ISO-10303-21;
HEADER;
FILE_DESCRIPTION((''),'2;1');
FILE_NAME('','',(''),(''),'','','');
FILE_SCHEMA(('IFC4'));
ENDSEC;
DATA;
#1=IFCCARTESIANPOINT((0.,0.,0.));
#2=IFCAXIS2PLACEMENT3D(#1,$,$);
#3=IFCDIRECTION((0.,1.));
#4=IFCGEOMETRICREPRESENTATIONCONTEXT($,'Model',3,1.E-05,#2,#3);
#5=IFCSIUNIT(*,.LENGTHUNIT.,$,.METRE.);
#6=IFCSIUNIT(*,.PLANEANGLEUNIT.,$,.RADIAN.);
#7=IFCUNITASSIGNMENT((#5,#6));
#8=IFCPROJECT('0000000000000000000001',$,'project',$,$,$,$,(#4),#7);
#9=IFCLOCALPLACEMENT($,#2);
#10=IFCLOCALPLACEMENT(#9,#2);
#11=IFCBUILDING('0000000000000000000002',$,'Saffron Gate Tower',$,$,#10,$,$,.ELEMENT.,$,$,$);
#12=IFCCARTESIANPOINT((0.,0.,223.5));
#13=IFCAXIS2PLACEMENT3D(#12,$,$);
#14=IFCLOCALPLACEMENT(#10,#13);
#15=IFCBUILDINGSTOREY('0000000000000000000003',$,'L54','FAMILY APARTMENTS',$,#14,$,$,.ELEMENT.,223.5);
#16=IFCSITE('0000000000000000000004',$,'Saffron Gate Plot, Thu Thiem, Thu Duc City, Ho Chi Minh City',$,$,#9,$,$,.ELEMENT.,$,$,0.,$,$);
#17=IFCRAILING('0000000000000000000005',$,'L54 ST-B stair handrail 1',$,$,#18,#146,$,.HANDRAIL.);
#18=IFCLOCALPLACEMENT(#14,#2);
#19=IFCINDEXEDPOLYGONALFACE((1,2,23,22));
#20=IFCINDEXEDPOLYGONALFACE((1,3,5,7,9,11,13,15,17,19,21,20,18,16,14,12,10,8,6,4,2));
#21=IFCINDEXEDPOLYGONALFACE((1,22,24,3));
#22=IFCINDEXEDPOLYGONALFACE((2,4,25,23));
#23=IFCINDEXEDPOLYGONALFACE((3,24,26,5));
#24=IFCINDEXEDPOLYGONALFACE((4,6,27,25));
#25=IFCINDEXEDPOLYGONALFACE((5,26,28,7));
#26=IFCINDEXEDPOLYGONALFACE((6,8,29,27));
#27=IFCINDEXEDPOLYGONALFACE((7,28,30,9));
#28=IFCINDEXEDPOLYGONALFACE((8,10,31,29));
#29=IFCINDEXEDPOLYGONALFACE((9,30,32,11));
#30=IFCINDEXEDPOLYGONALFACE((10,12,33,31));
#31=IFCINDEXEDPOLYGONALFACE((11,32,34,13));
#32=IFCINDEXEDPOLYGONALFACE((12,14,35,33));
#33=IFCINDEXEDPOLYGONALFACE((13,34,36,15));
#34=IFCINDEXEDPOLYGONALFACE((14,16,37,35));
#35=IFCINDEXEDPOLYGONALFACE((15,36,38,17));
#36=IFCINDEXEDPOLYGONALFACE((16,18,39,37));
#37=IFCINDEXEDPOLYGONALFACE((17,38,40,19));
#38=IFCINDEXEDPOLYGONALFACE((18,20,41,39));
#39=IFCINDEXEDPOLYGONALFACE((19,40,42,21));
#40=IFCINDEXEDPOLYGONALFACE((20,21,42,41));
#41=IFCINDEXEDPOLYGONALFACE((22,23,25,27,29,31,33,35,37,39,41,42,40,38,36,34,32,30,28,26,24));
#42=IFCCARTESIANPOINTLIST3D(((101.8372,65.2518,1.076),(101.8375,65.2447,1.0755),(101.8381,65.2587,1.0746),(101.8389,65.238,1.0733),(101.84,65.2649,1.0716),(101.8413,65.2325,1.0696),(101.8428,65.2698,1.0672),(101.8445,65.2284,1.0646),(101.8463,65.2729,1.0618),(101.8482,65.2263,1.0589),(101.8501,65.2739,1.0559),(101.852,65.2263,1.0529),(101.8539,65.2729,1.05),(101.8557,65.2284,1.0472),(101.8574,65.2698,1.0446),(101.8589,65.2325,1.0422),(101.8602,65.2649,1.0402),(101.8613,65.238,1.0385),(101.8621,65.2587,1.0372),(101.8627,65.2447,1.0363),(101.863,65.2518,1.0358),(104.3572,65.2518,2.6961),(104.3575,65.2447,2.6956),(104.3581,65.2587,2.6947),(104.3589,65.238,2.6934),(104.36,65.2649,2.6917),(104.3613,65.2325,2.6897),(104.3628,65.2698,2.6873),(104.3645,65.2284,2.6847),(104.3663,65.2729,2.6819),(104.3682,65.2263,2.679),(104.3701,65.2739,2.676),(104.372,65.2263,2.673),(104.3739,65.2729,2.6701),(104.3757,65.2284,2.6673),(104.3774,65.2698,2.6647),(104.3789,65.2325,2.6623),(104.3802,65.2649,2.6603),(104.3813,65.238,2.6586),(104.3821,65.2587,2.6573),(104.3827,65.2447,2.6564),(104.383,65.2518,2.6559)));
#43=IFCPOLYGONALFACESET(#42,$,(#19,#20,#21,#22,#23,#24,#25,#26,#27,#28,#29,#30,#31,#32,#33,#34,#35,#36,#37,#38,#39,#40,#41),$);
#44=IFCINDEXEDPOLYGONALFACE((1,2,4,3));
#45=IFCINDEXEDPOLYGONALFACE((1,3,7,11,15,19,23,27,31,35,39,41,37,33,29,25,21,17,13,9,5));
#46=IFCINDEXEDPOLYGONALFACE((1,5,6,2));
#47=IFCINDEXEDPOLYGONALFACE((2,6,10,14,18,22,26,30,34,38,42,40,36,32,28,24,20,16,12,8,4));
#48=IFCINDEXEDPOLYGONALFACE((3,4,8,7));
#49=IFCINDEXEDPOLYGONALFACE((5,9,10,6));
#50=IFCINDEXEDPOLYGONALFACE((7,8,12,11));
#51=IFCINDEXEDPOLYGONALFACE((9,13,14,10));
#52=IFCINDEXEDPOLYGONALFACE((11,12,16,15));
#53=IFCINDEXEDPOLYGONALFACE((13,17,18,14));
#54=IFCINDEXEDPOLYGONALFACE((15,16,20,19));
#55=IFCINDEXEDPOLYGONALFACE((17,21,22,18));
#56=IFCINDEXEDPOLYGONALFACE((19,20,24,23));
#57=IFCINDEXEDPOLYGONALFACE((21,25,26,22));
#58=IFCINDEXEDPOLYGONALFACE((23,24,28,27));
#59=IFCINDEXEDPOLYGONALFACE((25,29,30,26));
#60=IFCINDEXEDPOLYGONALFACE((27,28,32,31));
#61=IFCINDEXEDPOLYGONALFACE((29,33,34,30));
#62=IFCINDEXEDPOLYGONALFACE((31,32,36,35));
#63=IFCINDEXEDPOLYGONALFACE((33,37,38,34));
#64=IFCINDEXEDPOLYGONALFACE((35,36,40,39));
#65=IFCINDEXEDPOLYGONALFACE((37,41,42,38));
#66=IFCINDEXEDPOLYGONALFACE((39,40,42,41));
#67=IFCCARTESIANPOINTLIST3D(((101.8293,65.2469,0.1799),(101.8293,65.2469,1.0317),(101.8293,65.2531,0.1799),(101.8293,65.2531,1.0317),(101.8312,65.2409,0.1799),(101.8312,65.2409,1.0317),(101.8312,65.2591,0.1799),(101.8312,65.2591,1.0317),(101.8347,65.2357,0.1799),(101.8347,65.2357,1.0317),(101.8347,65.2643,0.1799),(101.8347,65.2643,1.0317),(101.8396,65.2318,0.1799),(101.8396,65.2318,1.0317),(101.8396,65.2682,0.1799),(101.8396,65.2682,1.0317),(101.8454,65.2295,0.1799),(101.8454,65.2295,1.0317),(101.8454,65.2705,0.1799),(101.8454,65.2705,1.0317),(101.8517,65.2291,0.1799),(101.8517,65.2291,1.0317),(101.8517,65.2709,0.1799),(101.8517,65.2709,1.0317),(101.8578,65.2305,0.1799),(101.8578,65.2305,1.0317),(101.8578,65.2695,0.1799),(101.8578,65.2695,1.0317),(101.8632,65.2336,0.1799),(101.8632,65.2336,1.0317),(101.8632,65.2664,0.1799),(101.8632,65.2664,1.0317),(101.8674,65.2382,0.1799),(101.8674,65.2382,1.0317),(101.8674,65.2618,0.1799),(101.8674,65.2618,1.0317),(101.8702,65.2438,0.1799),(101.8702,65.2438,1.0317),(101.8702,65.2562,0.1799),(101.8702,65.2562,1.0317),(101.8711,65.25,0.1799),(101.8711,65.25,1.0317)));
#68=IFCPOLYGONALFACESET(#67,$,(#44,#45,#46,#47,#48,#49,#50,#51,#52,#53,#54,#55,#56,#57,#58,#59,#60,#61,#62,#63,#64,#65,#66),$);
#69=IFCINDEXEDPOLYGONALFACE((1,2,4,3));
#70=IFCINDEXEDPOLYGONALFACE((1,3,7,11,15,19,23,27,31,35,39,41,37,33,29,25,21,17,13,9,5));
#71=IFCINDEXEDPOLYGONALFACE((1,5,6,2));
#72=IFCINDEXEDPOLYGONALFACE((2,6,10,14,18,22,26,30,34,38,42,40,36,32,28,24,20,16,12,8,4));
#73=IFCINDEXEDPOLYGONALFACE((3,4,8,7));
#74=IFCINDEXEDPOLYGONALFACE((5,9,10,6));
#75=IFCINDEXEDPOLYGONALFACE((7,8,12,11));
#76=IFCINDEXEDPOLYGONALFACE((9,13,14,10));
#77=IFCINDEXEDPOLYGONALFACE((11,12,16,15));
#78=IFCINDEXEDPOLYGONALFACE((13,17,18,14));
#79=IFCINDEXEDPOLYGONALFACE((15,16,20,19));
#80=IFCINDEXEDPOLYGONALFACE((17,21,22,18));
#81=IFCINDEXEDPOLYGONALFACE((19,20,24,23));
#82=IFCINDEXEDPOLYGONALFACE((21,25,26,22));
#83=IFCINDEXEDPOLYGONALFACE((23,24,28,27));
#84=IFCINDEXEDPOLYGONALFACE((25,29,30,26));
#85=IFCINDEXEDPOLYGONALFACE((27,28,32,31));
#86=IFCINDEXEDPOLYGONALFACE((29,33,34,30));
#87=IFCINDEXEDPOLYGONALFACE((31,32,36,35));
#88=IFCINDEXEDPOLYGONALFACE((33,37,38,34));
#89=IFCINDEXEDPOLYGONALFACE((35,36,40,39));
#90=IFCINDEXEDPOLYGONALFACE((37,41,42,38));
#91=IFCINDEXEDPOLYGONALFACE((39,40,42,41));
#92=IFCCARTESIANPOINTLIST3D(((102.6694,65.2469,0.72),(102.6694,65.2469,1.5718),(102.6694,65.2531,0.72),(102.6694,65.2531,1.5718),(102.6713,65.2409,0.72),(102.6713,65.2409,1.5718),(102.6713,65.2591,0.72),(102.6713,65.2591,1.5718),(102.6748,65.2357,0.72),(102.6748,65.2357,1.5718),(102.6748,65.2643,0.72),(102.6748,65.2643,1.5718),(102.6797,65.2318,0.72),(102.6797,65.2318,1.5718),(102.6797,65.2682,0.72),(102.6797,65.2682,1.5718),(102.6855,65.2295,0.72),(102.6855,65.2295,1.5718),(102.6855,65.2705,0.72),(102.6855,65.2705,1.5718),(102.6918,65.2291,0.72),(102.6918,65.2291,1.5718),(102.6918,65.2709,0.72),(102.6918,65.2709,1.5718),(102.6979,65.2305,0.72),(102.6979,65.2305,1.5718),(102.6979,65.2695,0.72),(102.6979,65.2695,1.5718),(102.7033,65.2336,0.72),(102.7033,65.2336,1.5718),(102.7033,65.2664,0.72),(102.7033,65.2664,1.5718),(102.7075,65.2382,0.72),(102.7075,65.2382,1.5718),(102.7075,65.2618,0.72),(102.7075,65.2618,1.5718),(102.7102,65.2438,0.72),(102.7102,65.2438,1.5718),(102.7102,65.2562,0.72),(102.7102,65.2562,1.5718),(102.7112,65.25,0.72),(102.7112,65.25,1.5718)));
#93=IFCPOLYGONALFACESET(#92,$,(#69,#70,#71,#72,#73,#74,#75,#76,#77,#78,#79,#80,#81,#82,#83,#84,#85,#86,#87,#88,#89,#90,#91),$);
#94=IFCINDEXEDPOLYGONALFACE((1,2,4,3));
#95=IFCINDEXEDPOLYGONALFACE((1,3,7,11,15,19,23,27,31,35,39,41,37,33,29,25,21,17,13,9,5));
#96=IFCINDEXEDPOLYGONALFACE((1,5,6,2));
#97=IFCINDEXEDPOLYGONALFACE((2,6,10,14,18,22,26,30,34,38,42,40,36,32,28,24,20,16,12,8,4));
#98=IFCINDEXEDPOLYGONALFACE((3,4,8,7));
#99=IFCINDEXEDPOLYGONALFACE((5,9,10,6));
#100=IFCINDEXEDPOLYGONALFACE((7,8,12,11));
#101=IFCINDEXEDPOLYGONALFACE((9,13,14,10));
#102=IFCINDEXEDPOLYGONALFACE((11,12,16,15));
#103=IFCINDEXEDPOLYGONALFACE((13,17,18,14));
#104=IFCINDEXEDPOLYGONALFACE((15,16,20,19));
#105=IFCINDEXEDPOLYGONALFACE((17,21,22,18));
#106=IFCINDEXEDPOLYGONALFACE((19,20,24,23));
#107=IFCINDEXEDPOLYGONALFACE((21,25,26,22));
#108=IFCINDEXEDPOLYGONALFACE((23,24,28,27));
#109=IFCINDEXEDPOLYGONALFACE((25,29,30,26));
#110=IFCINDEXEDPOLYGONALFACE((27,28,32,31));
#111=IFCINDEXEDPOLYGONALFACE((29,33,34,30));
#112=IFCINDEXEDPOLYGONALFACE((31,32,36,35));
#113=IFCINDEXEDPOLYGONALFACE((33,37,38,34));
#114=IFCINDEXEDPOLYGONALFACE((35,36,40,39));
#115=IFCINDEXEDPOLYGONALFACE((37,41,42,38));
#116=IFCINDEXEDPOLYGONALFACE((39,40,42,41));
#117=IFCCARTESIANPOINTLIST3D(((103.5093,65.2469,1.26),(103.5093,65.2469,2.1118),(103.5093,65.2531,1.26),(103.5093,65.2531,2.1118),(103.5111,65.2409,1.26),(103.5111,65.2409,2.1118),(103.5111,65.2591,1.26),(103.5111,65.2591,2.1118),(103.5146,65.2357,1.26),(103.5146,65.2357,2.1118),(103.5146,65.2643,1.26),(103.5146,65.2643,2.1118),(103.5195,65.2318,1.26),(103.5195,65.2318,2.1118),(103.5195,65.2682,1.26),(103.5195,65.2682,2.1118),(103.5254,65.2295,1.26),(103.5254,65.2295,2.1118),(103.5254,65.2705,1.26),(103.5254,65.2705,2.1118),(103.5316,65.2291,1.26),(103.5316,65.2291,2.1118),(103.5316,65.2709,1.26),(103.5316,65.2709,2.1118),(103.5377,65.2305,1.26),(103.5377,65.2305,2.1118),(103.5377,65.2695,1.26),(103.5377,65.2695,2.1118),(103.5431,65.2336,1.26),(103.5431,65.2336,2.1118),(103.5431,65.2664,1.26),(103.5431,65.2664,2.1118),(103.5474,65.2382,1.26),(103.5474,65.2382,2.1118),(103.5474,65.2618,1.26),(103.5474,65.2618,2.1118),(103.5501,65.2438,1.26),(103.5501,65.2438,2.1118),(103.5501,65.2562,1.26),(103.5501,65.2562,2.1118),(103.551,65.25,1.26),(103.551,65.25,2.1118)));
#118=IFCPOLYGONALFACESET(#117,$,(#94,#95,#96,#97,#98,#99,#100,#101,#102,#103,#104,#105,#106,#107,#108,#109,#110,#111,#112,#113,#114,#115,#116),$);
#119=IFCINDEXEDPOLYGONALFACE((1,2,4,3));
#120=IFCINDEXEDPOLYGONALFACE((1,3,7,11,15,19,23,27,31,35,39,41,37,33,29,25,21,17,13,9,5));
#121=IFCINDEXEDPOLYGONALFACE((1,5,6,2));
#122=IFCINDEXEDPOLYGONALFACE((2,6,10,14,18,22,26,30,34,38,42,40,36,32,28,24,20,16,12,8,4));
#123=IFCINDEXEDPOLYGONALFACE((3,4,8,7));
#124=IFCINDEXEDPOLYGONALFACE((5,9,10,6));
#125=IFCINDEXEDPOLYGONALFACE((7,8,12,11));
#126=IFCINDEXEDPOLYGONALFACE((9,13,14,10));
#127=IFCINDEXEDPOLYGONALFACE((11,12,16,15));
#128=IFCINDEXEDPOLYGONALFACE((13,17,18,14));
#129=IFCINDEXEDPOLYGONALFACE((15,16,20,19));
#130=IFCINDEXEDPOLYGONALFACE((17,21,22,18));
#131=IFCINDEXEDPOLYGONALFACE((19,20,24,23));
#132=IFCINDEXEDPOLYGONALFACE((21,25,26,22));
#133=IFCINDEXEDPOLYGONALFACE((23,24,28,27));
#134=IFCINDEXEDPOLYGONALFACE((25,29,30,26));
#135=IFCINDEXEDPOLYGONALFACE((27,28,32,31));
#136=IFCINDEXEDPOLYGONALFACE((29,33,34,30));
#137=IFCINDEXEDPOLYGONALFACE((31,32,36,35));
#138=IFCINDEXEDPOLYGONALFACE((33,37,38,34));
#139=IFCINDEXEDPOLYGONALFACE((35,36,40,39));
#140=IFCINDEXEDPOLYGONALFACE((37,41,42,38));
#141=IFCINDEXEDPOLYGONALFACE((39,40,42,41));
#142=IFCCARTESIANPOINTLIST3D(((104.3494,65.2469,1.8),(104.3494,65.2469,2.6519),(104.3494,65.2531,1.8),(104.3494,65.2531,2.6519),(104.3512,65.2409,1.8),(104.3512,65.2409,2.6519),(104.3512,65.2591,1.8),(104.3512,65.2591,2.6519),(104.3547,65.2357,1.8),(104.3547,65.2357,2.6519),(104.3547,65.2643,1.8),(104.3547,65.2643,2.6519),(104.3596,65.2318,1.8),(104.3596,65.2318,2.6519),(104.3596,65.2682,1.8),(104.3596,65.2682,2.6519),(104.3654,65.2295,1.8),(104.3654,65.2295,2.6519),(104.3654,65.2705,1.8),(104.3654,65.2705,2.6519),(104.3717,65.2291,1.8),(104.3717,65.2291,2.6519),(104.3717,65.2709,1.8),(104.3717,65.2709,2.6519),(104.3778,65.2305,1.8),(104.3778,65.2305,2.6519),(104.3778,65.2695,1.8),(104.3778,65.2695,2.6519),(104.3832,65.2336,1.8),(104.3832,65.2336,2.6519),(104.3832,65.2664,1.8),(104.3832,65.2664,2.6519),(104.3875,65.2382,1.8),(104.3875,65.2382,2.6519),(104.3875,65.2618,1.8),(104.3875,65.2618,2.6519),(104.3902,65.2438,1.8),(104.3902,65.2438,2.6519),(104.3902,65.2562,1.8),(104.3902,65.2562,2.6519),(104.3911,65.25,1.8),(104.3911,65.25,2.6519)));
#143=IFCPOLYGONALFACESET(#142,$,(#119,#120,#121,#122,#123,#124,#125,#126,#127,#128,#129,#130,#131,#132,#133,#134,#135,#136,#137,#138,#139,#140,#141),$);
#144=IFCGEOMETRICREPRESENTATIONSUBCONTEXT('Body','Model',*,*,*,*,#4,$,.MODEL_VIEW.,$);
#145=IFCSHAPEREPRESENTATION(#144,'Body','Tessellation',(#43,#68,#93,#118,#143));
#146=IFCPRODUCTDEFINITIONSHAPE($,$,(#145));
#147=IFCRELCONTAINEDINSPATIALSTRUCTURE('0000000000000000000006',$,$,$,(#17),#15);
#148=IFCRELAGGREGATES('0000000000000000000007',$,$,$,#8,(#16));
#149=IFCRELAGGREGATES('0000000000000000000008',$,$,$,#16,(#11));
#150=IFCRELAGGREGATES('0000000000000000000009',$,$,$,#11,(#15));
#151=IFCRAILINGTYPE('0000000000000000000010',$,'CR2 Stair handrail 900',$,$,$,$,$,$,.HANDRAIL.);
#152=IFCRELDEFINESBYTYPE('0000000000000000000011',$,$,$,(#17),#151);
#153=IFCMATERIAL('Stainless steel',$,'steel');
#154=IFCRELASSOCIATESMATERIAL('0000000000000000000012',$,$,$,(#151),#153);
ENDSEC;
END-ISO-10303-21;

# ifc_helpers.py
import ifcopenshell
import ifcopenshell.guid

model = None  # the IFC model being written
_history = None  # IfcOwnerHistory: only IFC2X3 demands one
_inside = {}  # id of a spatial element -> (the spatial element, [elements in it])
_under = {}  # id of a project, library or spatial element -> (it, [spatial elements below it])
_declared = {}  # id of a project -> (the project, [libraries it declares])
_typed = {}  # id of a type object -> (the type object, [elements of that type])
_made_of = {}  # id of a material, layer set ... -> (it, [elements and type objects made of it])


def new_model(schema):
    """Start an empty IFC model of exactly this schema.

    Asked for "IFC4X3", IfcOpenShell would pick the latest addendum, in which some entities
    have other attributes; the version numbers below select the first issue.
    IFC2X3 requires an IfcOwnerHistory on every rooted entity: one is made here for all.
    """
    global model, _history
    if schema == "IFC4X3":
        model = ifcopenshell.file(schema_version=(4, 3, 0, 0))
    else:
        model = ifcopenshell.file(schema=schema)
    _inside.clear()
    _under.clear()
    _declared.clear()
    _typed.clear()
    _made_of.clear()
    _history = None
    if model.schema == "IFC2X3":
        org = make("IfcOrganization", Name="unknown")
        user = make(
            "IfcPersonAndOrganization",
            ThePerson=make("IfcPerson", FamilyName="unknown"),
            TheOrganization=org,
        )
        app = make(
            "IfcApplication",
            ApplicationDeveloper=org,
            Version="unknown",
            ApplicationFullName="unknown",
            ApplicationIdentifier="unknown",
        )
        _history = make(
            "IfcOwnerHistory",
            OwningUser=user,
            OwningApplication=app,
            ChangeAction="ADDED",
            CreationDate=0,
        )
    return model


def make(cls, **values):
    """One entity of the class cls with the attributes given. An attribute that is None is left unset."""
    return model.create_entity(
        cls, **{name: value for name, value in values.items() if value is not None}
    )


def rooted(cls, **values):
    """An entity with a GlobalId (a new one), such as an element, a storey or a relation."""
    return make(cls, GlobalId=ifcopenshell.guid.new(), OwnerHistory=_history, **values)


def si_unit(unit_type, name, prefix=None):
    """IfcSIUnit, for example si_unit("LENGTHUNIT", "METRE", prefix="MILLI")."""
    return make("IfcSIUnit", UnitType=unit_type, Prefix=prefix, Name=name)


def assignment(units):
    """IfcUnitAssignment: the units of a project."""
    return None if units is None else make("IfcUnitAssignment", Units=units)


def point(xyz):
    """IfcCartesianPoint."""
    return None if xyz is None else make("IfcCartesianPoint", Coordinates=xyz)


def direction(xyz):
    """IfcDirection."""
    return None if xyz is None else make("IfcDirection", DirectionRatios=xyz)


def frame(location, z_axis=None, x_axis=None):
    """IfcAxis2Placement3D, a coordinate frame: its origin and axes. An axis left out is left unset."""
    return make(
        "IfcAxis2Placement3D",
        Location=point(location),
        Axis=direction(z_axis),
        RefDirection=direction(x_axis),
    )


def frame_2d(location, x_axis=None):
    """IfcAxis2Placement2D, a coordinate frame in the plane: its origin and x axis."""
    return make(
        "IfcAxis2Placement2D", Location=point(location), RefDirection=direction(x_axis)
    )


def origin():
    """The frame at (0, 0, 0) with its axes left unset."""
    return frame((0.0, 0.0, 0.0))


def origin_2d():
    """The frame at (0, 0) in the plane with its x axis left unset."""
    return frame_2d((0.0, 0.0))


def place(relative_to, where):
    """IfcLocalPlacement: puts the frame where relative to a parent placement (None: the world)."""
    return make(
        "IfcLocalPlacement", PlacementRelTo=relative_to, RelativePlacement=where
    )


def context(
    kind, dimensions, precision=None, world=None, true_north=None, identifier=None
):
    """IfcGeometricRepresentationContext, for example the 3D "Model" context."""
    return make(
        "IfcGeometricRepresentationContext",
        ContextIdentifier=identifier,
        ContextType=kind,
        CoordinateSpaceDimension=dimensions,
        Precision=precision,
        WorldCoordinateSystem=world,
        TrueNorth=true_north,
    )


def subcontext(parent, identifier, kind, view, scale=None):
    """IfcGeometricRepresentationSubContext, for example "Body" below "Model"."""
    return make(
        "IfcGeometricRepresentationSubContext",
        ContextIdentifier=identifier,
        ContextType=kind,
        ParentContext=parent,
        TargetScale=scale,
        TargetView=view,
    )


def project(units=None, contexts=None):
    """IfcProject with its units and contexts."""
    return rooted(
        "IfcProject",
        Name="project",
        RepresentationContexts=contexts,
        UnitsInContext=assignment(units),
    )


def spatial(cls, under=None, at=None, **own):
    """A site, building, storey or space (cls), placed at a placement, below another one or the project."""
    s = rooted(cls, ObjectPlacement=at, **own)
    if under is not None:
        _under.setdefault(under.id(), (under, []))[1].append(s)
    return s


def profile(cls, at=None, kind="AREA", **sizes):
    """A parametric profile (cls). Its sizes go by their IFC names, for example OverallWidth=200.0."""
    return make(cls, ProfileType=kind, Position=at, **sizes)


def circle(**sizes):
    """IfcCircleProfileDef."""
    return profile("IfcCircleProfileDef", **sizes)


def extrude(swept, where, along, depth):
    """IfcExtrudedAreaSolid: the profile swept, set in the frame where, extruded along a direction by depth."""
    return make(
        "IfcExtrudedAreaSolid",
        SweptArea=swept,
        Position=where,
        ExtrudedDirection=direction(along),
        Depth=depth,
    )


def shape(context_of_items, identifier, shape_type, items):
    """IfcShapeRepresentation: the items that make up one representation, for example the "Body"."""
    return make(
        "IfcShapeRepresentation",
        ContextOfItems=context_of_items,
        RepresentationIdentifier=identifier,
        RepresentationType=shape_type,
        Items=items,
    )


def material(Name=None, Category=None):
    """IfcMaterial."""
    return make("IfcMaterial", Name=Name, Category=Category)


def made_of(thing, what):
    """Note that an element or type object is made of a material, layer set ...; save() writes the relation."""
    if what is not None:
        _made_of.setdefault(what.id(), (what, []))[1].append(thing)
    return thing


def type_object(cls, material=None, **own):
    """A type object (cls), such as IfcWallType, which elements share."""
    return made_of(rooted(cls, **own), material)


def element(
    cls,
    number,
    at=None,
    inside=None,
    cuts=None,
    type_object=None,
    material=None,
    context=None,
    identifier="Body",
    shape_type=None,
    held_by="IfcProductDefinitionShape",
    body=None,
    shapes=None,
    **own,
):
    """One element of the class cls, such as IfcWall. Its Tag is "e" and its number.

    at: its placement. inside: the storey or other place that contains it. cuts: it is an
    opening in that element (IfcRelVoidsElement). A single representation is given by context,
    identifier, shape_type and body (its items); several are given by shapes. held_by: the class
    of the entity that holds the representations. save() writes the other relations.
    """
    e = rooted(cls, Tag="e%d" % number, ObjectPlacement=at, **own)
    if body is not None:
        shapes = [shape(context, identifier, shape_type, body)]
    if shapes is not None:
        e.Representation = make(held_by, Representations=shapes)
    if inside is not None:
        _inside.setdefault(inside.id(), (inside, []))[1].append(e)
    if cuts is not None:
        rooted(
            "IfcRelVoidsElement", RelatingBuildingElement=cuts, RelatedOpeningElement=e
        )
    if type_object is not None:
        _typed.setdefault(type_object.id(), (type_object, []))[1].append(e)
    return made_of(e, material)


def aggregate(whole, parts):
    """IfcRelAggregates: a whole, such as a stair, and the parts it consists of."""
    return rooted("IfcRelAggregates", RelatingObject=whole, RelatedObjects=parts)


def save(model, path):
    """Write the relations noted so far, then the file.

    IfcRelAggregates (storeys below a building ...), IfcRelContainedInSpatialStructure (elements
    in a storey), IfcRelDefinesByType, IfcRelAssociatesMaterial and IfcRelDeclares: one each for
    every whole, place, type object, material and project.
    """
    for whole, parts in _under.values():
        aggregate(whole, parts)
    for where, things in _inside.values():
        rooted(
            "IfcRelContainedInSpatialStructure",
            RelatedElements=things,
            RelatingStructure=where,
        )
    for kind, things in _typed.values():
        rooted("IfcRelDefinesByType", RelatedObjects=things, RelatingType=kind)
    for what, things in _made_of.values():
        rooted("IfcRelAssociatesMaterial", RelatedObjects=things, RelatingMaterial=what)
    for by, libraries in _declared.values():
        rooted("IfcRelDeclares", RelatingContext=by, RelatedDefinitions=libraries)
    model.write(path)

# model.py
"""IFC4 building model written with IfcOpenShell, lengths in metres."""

from ifc_helpers import new_model, si_unit, direction, frame, origin, origin_2d, place, context, subcontext, project, spatial, circle, extrude, material, type_object, element, save


model = new_model("IFC4")

# Units and contexts
model_context = context("Model", 3, precision=1e-05, world=origin(), true_north=direction((0.0, 1.0)))
body_context = subcontext(model_context, "Body", "Model", "MODEL_VIEW")
ifc_project = project(units=[si_unit("LENGTHUNIT", "METRE"), si_unit("PLANEANGLEUNIT", "RADIAN")], contexts=[model_context])

# Site, building, storey
site_placement = place(None, origin())
site = spatial("IfcSite", under=ifc_project, at=site_placement, Name="Saffron Gate Plot, Thu Thiem, Thu Duc City, Ho Chi Minh City", CompositionType="ELEMENT", RefElevation=0.0)
building_placement = place(site_placement, origin())
building = spatial("IfcBuilding", under=site, at=building_placement, Name="Saffron Gate Tower", CompositionType="ELEMENT")
storey_placement = place(building_placement, frame((0.0, 0.0, 223.5)))
storey = spatial("IfcBuildingStorey", under=building, at=storey_placement, Name="L54", Description="FAMILY APARTMENTS", CompositionType="ELEMENT", Elevation=223.5)

# Railing
ifc_material_1 = material(Name="Stainless steel", Category="steel")
railing_type_1 = type_object("IfcRailingType", Name="CR2 Stair handrail 900", PredefinedType="HANDRAIL", material=ifc_material_1)
railing_1_placement = place(storey_placement, frame((101.8501, 65.25, 0.1799)))
element("IfcRailing", 1, at=railing_1_placement, inside=storey, type_object=railing_type_1, Name="L54 ST-B stair handrail 1", PredefinedType="HANDRAIL", context=body_context, shape_type="SweptSolid", body=[
    extrude(circle(Radius=0.0239, at=origin_2d()), frame((0.0, 0.0, 0.876), z_axis=(0.841163, 0.0, 0.540782), x_axis=(0.0, 1.0, 0.0)), (0.0, 0.0, 1.0), 2.9958),
    extrude(circle(Radius=0.021, at=origin_2d()), origin(), (0.0, 0.0, 1.0), 0.8518),
    extrude(circle(Radius=0.021, at=origin_2d()), frame((0.8401, 0.0, 0.54)), (0.0, 0.0, 1.0), 0.8518),
    extrude(circle(Radius=0.021, at=origin_2d()), frame((1.6799, 0.0, 1.0801)), (0.0, 0.0, 1.0), 0.8518),
    extrude(circle(Radius=0.021, at=origin_2d()), frame((2.52, 0.0, 1.6201)), (0.0, 0.0, 1.0), 0.8518),
])

save(model, "model.ifc")
